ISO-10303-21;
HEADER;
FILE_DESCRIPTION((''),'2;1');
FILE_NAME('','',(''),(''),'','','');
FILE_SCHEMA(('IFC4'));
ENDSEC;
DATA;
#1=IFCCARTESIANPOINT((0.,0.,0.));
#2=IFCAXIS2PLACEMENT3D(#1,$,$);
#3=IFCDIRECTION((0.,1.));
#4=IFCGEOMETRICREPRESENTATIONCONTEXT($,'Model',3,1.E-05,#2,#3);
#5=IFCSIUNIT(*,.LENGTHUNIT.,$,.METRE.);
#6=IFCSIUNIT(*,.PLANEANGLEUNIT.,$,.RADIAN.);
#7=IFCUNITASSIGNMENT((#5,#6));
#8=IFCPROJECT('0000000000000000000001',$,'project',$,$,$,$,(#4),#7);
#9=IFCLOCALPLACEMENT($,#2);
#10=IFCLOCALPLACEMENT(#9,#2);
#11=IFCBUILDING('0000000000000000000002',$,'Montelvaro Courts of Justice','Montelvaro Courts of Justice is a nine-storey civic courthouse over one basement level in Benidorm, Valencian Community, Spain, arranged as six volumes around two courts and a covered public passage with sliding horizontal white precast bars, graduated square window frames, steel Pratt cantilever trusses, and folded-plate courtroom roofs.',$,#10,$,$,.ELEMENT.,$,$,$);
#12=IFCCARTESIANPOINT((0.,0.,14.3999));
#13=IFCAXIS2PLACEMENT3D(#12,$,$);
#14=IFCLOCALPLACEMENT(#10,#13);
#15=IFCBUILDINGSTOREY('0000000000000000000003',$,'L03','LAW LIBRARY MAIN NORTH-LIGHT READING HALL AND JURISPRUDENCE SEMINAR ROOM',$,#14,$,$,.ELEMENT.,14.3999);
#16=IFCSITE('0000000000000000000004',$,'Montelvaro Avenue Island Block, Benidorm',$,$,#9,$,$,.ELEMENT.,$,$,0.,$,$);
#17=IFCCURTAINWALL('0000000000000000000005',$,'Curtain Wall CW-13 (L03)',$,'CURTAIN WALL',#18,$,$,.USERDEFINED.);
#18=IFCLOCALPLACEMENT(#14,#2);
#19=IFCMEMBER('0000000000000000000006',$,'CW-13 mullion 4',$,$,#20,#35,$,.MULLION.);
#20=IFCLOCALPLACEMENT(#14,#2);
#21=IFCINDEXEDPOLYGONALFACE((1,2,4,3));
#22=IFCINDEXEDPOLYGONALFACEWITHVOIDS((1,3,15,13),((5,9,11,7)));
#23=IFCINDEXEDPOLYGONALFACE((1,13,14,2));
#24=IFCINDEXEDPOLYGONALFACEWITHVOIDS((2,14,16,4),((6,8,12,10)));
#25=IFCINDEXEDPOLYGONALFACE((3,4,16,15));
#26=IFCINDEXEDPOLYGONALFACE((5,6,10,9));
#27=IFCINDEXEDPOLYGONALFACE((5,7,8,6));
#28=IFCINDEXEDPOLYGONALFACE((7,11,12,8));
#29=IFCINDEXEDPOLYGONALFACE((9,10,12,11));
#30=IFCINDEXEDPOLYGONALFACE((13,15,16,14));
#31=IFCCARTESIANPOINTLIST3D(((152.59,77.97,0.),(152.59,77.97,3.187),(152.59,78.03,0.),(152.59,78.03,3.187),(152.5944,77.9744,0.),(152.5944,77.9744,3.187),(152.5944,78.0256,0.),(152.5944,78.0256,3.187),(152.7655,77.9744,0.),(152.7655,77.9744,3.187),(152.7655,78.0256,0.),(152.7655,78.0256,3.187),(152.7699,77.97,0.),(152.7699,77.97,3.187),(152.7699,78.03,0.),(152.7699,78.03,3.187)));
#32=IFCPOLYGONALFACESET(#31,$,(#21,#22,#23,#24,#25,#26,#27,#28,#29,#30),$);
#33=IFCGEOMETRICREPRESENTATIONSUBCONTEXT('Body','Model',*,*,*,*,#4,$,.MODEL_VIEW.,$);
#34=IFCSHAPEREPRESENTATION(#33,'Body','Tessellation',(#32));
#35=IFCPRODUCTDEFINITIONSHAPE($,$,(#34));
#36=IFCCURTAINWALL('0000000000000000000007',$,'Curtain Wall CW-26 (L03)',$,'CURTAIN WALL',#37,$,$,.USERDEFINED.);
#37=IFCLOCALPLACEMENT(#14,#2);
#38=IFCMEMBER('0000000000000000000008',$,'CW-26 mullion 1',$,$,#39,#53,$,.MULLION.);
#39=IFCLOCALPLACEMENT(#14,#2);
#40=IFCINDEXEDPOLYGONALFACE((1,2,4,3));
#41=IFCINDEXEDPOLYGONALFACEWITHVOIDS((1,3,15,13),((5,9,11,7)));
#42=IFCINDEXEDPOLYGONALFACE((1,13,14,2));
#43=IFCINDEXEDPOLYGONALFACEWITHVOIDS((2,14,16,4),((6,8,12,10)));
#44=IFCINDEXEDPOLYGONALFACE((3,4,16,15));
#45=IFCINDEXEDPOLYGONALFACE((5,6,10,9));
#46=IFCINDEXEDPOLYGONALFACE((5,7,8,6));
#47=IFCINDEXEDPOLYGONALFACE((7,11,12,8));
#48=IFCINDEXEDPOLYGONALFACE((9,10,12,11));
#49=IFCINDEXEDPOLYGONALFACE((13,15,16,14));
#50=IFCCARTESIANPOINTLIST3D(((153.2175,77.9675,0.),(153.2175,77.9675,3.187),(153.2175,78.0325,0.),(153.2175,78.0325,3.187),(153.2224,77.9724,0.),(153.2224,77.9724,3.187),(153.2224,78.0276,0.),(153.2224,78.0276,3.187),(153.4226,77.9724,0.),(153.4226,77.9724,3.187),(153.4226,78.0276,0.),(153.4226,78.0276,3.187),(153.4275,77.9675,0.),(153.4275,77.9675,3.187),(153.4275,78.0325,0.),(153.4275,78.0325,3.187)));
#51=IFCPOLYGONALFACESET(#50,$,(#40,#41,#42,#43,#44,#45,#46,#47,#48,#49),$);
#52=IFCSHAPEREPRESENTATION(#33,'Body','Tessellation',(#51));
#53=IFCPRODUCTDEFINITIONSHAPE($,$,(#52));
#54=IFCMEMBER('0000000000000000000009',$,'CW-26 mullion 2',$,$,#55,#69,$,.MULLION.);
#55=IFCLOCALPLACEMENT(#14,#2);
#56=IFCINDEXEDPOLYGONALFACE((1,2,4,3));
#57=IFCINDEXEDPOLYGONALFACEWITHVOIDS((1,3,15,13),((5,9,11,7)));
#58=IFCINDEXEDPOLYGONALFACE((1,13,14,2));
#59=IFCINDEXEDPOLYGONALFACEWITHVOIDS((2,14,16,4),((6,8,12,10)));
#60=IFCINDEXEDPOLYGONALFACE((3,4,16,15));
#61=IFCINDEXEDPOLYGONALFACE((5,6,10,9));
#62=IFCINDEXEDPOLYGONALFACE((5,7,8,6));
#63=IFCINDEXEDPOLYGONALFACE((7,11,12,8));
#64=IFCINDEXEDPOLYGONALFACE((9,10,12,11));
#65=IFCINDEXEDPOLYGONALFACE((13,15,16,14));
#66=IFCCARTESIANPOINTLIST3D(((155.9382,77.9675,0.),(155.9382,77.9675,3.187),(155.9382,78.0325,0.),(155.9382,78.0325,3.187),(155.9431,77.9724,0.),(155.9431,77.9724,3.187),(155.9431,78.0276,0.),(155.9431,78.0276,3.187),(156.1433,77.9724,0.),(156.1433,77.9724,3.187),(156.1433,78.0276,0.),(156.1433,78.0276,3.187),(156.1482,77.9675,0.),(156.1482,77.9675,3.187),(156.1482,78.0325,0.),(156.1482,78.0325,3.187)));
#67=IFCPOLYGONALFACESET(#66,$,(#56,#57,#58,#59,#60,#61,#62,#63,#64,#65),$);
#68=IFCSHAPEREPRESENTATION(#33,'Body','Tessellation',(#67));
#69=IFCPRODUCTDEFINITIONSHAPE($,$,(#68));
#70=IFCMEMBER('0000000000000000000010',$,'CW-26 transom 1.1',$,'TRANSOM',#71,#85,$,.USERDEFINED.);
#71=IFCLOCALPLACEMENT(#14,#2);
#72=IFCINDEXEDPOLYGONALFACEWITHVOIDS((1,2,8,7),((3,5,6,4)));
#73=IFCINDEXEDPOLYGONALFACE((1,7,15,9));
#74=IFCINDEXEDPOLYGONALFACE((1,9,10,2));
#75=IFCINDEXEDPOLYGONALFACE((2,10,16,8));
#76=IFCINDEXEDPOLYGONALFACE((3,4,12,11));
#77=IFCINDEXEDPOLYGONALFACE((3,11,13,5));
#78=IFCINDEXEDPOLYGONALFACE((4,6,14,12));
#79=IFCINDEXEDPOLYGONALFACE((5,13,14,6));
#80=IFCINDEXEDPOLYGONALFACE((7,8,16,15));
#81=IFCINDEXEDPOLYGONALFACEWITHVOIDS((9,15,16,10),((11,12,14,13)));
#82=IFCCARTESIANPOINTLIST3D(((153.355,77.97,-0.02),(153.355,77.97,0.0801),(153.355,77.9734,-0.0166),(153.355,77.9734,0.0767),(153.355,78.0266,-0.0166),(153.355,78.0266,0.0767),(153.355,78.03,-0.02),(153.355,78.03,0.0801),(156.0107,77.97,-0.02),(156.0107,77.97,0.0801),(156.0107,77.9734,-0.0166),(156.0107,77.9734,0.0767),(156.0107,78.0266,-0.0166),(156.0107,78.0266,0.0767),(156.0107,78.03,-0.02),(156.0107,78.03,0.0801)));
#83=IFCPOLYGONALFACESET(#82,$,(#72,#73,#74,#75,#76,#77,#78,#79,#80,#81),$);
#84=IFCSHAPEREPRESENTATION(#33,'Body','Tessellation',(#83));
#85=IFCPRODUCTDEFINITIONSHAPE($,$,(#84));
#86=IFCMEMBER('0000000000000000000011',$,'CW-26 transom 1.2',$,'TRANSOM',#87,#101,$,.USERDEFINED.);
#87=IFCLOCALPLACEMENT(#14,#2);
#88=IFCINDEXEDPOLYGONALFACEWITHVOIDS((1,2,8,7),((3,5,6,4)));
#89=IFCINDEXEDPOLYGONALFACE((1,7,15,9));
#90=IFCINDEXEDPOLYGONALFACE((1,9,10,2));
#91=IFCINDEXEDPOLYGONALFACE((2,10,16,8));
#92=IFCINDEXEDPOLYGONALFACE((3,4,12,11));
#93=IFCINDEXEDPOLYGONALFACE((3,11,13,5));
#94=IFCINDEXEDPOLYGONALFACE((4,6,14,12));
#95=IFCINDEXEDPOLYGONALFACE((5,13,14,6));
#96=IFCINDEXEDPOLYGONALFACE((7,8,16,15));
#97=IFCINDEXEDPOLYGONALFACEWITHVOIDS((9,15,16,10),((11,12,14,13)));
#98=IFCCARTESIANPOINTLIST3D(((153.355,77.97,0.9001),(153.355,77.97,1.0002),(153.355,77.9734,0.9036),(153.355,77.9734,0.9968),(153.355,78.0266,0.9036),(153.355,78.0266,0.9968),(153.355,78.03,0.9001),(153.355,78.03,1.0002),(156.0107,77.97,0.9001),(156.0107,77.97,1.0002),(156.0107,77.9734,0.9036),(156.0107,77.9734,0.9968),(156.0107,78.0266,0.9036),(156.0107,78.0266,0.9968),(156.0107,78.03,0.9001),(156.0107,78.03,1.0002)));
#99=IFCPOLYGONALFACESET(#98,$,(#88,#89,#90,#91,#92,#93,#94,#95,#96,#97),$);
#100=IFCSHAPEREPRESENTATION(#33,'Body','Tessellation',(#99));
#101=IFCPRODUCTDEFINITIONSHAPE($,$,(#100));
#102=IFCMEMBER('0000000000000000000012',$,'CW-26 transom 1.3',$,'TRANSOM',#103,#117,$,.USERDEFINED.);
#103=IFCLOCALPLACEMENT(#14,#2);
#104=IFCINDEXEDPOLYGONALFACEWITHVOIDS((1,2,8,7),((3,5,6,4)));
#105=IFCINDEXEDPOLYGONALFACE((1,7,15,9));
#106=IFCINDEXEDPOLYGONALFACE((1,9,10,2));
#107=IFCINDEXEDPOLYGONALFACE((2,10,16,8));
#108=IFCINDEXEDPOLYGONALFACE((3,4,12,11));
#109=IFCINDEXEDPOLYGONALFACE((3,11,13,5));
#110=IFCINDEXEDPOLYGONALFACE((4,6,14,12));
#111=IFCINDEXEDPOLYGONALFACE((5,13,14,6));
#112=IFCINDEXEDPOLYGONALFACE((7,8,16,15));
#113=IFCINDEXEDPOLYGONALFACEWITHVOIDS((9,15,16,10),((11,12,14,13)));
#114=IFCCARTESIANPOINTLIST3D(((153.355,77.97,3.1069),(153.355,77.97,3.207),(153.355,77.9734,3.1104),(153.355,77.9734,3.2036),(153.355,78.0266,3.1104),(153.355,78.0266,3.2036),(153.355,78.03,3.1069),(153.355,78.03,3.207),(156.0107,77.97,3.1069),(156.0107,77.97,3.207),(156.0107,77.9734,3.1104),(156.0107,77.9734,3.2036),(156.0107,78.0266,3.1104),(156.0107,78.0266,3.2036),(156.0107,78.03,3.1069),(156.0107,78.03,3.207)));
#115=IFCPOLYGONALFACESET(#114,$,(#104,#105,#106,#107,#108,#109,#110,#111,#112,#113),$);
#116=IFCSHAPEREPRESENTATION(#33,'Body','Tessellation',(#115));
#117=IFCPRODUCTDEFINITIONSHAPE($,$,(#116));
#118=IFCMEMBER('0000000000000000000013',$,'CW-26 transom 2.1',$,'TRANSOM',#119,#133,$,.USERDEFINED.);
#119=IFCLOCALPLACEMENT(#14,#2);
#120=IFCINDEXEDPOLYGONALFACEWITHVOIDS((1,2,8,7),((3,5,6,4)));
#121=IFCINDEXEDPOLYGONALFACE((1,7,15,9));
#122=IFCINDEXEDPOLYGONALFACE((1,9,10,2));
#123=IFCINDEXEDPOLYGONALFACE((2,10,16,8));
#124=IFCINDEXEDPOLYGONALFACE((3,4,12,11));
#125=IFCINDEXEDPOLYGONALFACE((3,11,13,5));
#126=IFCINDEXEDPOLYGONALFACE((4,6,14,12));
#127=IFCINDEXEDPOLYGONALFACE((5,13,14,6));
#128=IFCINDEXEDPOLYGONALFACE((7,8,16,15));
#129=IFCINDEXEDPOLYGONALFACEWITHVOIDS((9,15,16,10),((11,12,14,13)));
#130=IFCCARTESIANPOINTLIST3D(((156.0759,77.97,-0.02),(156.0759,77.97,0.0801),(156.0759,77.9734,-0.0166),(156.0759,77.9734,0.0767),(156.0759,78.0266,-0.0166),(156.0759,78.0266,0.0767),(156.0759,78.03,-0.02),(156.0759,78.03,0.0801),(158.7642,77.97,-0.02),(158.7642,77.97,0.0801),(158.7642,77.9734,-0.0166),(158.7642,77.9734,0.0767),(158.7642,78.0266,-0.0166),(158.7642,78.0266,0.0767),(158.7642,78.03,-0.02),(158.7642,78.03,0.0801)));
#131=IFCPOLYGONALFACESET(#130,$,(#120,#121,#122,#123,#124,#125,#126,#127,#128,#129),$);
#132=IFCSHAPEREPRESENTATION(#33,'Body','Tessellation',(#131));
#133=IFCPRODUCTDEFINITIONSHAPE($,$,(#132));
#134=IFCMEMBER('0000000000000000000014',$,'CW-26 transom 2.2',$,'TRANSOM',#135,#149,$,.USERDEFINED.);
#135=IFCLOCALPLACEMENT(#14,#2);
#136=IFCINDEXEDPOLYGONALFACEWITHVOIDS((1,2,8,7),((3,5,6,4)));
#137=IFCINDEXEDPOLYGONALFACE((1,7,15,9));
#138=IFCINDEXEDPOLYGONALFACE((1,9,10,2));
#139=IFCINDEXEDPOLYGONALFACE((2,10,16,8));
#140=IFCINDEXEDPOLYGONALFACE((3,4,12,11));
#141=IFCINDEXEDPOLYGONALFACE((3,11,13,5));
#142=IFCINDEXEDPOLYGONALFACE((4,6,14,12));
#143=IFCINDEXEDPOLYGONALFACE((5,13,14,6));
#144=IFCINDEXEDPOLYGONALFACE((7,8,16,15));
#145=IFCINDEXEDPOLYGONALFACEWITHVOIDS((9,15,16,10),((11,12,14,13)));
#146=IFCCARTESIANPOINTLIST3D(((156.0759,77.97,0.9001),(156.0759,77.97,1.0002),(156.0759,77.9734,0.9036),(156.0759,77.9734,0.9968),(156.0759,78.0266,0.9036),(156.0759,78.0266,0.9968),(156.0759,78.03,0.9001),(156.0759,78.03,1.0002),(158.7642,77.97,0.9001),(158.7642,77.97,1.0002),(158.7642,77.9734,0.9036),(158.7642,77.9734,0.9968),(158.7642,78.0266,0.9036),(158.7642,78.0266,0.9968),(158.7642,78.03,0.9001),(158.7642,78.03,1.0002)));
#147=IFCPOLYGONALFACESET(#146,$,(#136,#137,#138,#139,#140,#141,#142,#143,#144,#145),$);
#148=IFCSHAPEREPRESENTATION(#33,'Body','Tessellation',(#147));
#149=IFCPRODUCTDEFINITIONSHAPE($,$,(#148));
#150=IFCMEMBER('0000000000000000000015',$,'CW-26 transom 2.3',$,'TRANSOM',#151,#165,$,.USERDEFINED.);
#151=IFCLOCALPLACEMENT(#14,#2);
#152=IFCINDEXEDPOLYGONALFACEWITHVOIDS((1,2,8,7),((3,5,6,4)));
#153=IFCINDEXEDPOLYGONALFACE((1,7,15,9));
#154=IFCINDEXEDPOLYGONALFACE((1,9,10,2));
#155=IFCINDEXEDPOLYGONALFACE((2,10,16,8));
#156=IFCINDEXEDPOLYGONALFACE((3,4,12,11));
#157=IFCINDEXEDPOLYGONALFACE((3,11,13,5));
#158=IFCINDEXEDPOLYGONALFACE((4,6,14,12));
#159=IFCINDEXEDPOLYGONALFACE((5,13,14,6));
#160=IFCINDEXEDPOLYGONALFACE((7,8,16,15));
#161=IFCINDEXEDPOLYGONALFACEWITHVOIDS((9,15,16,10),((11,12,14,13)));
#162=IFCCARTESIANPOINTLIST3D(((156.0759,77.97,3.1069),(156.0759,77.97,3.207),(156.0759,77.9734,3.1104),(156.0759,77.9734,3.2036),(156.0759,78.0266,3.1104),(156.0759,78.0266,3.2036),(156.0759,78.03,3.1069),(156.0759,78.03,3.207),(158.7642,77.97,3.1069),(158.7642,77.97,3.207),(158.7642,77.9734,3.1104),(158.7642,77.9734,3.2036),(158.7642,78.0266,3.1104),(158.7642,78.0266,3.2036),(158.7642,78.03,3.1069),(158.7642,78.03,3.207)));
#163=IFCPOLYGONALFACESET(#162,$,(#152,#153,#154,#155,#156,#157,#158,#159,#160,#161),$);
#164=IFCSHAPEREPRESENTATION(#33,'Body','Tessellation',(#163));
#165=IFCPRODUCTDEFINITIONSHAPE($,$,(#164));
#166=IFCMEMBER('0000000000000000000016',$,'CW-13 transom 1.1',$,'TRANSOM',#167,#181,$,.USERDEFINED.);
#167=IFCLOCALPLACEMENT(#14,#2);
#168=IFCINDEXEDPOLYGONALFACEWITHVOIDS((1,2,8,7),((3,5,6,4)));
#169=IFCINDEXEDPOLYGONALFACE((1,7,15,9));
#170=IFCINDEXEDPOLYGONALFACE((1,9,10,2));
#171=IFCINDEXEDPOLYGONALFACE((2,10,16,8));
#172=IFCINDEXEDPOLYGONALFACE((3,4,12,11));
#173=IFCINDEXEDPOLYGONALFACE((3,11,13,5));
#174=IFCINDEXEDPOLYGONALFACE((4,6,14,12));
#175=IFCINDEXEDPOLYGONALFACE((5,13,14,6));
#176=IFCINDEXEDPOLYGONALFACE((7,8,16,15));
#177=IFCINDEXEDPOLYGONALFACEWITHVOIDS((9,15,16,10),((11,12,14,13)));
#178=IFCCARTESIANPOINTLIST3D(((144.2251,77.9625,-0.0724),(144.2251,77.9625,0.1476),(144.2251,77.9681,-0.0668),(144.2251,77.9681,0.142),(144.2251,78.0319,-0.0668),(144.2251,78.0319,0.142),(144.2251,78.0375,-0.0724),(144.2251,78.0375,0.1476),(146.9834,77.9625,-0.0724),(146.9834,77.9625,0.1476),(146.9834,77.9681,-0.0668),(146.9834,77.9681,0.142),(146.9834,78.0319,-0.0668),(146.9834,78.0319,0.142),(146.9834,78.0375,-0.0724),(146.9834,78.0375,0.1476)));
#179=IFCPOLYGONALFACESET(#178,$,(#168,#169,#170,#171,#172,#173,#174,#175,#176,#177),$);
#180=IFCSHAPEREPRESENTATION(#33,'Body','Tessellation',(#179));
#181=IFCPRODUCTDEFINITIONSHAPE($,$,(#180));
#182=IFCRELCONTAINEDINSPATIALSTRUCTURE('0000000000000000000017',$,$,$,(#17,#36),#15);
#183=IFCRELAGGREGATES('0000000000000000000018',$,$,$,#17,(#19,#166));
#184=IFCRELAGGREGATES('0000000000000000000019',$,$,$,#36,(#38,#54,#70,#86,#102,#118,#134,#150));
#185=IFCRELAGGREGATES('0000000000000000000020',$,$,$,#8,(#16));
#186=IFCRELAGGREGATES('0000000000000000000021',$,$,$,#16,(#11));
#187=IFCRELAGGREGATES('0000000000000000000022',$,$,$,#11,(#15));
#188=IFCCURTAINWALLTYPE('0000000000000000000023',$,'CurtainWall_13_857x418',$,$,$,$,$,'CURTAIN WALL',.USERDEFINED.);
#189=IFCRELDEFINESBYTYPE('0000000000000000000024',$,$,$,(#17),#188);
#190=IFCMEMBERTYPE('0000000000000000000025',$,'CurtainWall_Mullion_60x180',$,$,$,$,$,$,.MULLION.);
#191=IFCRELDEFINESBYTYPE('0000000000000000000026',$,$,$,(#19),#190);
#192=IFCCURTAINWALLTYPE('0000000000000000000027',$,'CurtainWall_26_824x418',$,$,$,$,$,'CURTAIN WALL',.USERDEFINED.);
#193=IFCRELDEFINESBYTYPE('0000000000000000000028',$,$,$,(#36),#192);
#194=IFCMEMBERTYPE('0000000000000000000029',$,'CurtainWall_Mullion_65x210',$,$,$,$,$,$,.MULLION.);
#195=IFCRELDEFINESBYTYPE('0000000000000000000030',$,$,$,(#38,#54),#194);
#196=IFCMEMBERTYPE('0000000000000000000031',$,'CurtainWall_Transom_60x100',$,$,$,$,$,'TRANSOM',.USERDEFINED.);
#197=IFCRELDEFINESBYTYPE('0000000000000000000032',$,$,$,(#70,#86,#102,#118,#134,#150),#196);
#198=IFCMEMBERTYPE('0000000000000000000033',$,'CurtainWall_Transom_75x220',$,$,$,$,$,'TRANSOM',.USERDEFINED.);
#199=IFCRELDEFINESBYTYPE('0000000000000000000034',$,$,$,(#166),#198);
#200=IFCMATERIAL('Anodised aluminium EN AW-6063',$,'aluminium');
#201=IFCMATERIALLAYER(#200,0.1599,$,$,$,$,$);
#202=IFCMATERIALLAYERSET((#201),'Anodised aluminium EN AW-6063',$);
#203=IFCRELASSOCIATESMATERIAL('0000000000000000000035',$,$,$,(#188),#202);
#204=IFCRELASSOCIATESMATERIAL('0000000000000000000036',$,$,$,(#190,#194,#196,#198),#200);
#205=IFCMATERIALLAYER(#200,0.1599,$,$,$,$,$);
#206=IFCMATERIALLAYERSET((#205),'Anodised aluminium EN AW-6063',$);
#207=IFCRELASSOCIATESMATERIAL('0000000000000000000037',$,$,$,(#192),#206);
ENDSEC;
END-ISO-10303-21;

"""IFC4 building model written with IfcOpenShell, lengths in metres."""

from ifc_helpers import new_model, si_unit, direction, frame, origin, origin_2d, place, context, subcontext, project, spatial, hollow_rectangle, extrude, material, layer, layer_set, material_profile, profile_set, type_object, element, aggregate, save


model = new_model("IFC4")

# Units and contexts
model_context = context("Model", 3, precision=1e-05, world=origin(), true_north=direction((0.0, 1.0)))
body_context = subcontext(model_context, "Body", "Model", "MODEL_VIEW")
ifc_project = project(units=[si_unit("LENGTHUNIT", "METRE"), si_unit("PLANEANGLEUNIT", "RADIAN")], contexts=[model_context])

# Site, building, storey
site_placement = place(None, origin())
site = spatial("IfcSite", under=ifc_project, at=site_placement, Name="Montelvaro Avenue Island Block, Benidorm", CompositionType="ELEMENT", RefElevation=0.0)
building_placement = place(site_placement, origin())
building = spatial("IfcBuilding", under=site, at=building_placement, Name="Montelvaro Courts of Justice", Description="Montelvaro Courts of Justice is a nine-storey civic courthouse over one basement level in Benidorm, Valencian Community, Spain, arranged as six volumes around two courts and a covered public passage with sliding horizontal white precast bars, graduated square window frames, steel Pratt cantilever trusses, and folded-plate courtroom roofs.", CompositionType="ELEMENT")
storey_placement = place(building_placement, frame((0.0, 0.0, 14.3999)))
storey = spatial("IfcBuildingStorey", under=building, at=storey_placement, Name="L03", Description="LAW LIBRARY MAIN NORTH-LIGHT READING HALL AND JURISPRUDENCE SEMINAR ROOM", CompositionType="ELEMENT", Elevation=14.3999)

# Curtain walls, members
ifc_material_1 = material(Name="Anodised aluminium EN AW-6063", Category="aluminium")
ifc_layer_1 = layer(ifc_material_1, 0.1599)
ifc_layer_set_1 = layer_set([ifc_layer_1], Name="Anodised aluminium EN AW-6063")
curtain_wall_type_1 = type_object("IfcCurtainWallType", Name="CurtainWall_13_857x418", ElementType="CURTAIN WALL", PredefinedType="USERDEFINED", material=ifc_layer_set_1)
curtain_wall_1_placement = place(storey_placement, origin())
curtain_wall_1 = element("IfcCurtainWall", 1, at=curtain_wall_1_placement, inside=storey, type_object=curtain_wall_type_1, Name="Curtain Wall CW-13 (L03)", ObjectType="CURTAIN WALL", PredefinedType="USERDEFINED")
ifc_material_profile_1 = material_profile(ifc_material_1, hollow_rectangle(XDim=0.0601, YDim=0.1799, WallThickness=0.0044, at=origin_2d()), Name="ALU-M 60x180")
ifc_profile_set_1 = profile_set([ifc_material_profile_1], Name="Anodised aluminium EN AW-6063")
member_type_1 = type_object("IfcMemberType", Name="CurtainWall_Mullion_60x180", PredefinedType="MULLION", material=ifc_profile_set_1)
member_1_placement = place(storey_placement, frame((152.6799, 78.0, 0.0), z_axis=(0.0, 0.0, 1.0), x_axis=(0.0, 1.0, 0.0)))
member_1 = element("IfcMember", 2, at=member_1_placement, type_object=member_type_1, Name="CW-13 mullion 4", PredefinedType="MULLION", context=body_context, shape_type="SweptSolid", body=[
    extrude(hollow_rectangle(XDim=0.0601, YDim=0.1799, WallThickness=0.0044, at=origin_2d()), origin(), (0.0, 0.0, 1.0), 3.187),
])
ifc_layer_2 = layer(ifc_material_1, 0.1599)
ifc_layer_set_2 = layer_set([ifc_layer_2], Name="Anodised aluminium EN AW-6063")
curtain_wall_type_2 = type_object("IfcCurtainWallType", Name="CurtainWall_26_824x418", ElementType="CURTAIN WALL", PredefinedType="USERDEFINED", material=ifc_layer_set_2)
curtain_wall_2_placement = place(storey_placement, origin())
curtain_wall_2 = element("IfcCurtainWall", 3, at=curtain_wall_2_placement, inside=storey, type_object=curtain_wall_type_2, Name="Curtain Wall CW-26 (L03)", ObjectType="CURTAIN WALL", PredefinedType="USERDEFINED")
ifc_material_profile_2 = material_profile(ifc_material_1, hollow_rectangle(XDim=0.0649, YDim=0.21, WallThickness=0.0049, at=origin_2d()), Name="ALU-M 65x210")
ifc_profile_set_2 = profile_set([ifc_material_profile_2], Name="Anodised aluminium EN AW-6063")
member_type_2 = type_object("IfcMemberType", Name="CurtainWall_Mullion_65x210", PredefinedType="MULLION", material=ifc_profile_set_2)
member_2_placement = place(storey_placement, frame((153.3225, 78.0, 0.0), z_axis=(0.0, 0.0, 1.0), x_axis=(0.0, 1.0, 0.0)))
member_2 = element("IfcMember", 4, at=member_2_placement, type_object=member_type_2, Name="CW-26 mullion 1", PredefinedType="MULLION", context=body_context, shape_type="SweptSolid", body=[
    extrude(hollow_rectangle(XDim=0.0649, YDim=0.21, WallThickness=0.0049, at=origin_2d()), origin(), (0.0, 0.0, 1.0), 3.187),
])
member_3_placement = place(storey_placement, frame((156.0432, 78.0, 0.0), z_axis=(0.0, 0.0, 1.0), x_axis=(0.0, 1.0, 0.0)))
member_3 = element("IfcMember", 5, at=member_3_placement, type_object=member_type_2, Name="CW-26 mullion 2", PredefinedType="MULLION", context=body_context, shape_type="SweptSolid", body=[
    extrude(hollow_rectangle(XDim=0.0649, YDim=0.21, WallThickness=0.0049, at=origin_2d()), origin(), (0.0, 0.0, 1.0), 3.187),
])
ifc_material_profile_3 = material_profile(ifc_material_1, hollow_rectangle(XDim=0.0601, YDim=0.1001, WallThickness=0.0034, at=origin_2d()), Name="ALU-T 60x100")
ifc_profile_set_3 = profile_set([ifc_material_profile_3], Name="Anodised aluminium EN AW-6063")
member_type_3 = type_object("IfcMemberType", Name="CurtainWall_Transom_60x100", ElementType="TRANSOM", PredefinedType="USERDEFINED", material=ifc_profile_set_3)
member_4_placement = place(storey_placement, frame((153.355, 78.0, 0.03), z_axis=(1.0, 0.0, 0.0), x_axis=(0.0, 1.0, 0.0)))
member_4 = element("IfcMember", 6, at=member_4_placement, type_object=member_type_3, Name="CW-26 transom 1.1", ObjectType="TRANSOM", PredefinedType="USERDEFINED", context=body_context, shape_type="SweptSolid", body=[
    extrude(hollow_rectangle(XDim=0.0601, YDim=0.1001, WallThickness=0.0034, at=origin_2d()), origin(), (0.0, 0.0, 1.0), 2.6558),
])
member_5_placement = place(storey_placement, frame((153.355, 78.0, 0.9502), z_axis=(1.0, 0.0, 0.0), x_axis=(0.0, 1.0, 0.0)))
member_5 = element("IfcMember", 7, at=member_5_placement, type_object=member_type_3, Name="CW-26 transom 1.2", ObjectType="TRANSOM", PredefinedType="USERDEFINED", context=body_context, shape_type="SweptSolid", body=[
    extrude(hollow_rectangle(XDim=0.0601, YDim=0.1001, WallThickness=0.0034, at=origin_2d()), origin(), (0.0, 0.0, 1.0), 2.6558),
])
member_6_placement = place(storey_placement, frame((153.355, 78.0, 3.157), z_axis=(1.0, 0.0, 0.0), x_axis=(0.0, 1.0, 0.0)))
member_6 = element("IfcMember", 8, at=member_6_placement, type_object=member_type_3, Name="CW-26 transom 1.3", ObjectType="TRANSOM", PredefinedType="USERDEFINED", context=body_context, shape_type="SweptSolid", body=[
    extrude(hollow_rectangle(XDim=0.0601, YDim=0.1001, WallThickness=0.0034, at=origin_2d()), origin(), (0.0, 0.0, 1.0), 2.6558),
])
member_7_placement = place(storey_placement, frame((156.0759, 78.0, 0.03), z_axis=(1.0, 0.0, 0.0), x_axis=(0.0, 1.0, 0.0)))
member_7 = element("IfcMember", 9, at=member_7_placement, type_object=member_type_3, Name="CW-26 transom 2.1", ObjectType="TRANSOM", PredefinedType="USERDEFINED", context=body_context, shape_type="SweptSolid", body=[
    extrude(hollow_rectangle(XDim=0.0601, YDim=0.1001, WallThickness=0.0034, at=origin_2d()), origin(), (0.0, 0.0, 1.0), 2.6882),
])
member_8_placement = place(storey_placement, frame((156.0759, 78.0, 0.9502), z_axis=(1.0, 0.0, 0.0), x_axis=(0.0, 1.0, 0.0)))
member_8 = element("IfcMember", 10, at=member_8_placement, type_object=member_type_3, Name="CW-26 transom 2.2", ObjectType="TRANSOM", PredefinedType="USERDEFINED", context=body_context, shape_type="SweptSolid", body=[
    extrude(hollow_rectangle(XDim=0.0601, YDim=0.1001, WallThickness=0.0034, at=origin_2d()), origin(), (0.0, 0.0, 1.0), 2.6882),
])
member_9_placement = place(storey_placement, frame((156.0759, 78.0, 3.157), z_axis=(1.0, 0.0, 0.0), x_axis=(0.0, 1.0, 0.0)))
member_9 = element("IfcMember", 11, at=member_9_placement, type_object=member_type_3, Name="CW-26 transom 2.3", ObjectType="TRANSOM", PredefinedType="USERDEFINED", context=body_context, shape_type="SweptSolid", body=[
    extrude(hollow_rectangle(XDim=0.0601, YDim=0.1001, WallThickness=0.0034, at=origin_2d()), origin(), (0.0, 0.0, 1.0), 2.6882),
])

# Member
ifc_material_profile_4 = material_profile(ifc_material_1, hollow_rectangle(XDim=0.075, YDim=0.22, WallThickness=0.0056, at=origin_2d()), Name="ALU-T 75x220")
ifc_profile_set_4 = profile_set([ifc_material_profile_4], Name="Anodised aluminium EN AW-6063")
member_type_4 = type_object("IfcMemberType", Name="CurtainWall_Transom_75x220", ElementType="TRANSOM", PredefinedType="USERDEFINED", material=ifc_profile_set_4)
member_10_placement = place(storey_placement, frame((144.2251, 78.0, 0.0376), z_axis=(1.0, 0.0, 0.0), x_axis=(0.0, 1.0, 0.0)))
member_10 = element("IfcMember", 12, at=member_10_placement, type_object=member_type_4, Name="CW-13 transom 1.1", ObjectType="TRANSOM", PredefinedType="USERDEFINED", context=body_context, shape_type="SweptSolid", body=[
    extrude(hollow_rectangle(XDim=0.075, YDim=0.22, WallThickness=0.0056, at=origin_2d()), origin(), (0.0, 0.0, 1.0), 2.7583),
])

aggregate(curtain_wall_1, [member_1, member_10])
aggregate(curtain_wall_2, [member_2, member_3, member_4, member_5, member_6, member_7, member_8, member_9])

save(model, "model.ifc")
